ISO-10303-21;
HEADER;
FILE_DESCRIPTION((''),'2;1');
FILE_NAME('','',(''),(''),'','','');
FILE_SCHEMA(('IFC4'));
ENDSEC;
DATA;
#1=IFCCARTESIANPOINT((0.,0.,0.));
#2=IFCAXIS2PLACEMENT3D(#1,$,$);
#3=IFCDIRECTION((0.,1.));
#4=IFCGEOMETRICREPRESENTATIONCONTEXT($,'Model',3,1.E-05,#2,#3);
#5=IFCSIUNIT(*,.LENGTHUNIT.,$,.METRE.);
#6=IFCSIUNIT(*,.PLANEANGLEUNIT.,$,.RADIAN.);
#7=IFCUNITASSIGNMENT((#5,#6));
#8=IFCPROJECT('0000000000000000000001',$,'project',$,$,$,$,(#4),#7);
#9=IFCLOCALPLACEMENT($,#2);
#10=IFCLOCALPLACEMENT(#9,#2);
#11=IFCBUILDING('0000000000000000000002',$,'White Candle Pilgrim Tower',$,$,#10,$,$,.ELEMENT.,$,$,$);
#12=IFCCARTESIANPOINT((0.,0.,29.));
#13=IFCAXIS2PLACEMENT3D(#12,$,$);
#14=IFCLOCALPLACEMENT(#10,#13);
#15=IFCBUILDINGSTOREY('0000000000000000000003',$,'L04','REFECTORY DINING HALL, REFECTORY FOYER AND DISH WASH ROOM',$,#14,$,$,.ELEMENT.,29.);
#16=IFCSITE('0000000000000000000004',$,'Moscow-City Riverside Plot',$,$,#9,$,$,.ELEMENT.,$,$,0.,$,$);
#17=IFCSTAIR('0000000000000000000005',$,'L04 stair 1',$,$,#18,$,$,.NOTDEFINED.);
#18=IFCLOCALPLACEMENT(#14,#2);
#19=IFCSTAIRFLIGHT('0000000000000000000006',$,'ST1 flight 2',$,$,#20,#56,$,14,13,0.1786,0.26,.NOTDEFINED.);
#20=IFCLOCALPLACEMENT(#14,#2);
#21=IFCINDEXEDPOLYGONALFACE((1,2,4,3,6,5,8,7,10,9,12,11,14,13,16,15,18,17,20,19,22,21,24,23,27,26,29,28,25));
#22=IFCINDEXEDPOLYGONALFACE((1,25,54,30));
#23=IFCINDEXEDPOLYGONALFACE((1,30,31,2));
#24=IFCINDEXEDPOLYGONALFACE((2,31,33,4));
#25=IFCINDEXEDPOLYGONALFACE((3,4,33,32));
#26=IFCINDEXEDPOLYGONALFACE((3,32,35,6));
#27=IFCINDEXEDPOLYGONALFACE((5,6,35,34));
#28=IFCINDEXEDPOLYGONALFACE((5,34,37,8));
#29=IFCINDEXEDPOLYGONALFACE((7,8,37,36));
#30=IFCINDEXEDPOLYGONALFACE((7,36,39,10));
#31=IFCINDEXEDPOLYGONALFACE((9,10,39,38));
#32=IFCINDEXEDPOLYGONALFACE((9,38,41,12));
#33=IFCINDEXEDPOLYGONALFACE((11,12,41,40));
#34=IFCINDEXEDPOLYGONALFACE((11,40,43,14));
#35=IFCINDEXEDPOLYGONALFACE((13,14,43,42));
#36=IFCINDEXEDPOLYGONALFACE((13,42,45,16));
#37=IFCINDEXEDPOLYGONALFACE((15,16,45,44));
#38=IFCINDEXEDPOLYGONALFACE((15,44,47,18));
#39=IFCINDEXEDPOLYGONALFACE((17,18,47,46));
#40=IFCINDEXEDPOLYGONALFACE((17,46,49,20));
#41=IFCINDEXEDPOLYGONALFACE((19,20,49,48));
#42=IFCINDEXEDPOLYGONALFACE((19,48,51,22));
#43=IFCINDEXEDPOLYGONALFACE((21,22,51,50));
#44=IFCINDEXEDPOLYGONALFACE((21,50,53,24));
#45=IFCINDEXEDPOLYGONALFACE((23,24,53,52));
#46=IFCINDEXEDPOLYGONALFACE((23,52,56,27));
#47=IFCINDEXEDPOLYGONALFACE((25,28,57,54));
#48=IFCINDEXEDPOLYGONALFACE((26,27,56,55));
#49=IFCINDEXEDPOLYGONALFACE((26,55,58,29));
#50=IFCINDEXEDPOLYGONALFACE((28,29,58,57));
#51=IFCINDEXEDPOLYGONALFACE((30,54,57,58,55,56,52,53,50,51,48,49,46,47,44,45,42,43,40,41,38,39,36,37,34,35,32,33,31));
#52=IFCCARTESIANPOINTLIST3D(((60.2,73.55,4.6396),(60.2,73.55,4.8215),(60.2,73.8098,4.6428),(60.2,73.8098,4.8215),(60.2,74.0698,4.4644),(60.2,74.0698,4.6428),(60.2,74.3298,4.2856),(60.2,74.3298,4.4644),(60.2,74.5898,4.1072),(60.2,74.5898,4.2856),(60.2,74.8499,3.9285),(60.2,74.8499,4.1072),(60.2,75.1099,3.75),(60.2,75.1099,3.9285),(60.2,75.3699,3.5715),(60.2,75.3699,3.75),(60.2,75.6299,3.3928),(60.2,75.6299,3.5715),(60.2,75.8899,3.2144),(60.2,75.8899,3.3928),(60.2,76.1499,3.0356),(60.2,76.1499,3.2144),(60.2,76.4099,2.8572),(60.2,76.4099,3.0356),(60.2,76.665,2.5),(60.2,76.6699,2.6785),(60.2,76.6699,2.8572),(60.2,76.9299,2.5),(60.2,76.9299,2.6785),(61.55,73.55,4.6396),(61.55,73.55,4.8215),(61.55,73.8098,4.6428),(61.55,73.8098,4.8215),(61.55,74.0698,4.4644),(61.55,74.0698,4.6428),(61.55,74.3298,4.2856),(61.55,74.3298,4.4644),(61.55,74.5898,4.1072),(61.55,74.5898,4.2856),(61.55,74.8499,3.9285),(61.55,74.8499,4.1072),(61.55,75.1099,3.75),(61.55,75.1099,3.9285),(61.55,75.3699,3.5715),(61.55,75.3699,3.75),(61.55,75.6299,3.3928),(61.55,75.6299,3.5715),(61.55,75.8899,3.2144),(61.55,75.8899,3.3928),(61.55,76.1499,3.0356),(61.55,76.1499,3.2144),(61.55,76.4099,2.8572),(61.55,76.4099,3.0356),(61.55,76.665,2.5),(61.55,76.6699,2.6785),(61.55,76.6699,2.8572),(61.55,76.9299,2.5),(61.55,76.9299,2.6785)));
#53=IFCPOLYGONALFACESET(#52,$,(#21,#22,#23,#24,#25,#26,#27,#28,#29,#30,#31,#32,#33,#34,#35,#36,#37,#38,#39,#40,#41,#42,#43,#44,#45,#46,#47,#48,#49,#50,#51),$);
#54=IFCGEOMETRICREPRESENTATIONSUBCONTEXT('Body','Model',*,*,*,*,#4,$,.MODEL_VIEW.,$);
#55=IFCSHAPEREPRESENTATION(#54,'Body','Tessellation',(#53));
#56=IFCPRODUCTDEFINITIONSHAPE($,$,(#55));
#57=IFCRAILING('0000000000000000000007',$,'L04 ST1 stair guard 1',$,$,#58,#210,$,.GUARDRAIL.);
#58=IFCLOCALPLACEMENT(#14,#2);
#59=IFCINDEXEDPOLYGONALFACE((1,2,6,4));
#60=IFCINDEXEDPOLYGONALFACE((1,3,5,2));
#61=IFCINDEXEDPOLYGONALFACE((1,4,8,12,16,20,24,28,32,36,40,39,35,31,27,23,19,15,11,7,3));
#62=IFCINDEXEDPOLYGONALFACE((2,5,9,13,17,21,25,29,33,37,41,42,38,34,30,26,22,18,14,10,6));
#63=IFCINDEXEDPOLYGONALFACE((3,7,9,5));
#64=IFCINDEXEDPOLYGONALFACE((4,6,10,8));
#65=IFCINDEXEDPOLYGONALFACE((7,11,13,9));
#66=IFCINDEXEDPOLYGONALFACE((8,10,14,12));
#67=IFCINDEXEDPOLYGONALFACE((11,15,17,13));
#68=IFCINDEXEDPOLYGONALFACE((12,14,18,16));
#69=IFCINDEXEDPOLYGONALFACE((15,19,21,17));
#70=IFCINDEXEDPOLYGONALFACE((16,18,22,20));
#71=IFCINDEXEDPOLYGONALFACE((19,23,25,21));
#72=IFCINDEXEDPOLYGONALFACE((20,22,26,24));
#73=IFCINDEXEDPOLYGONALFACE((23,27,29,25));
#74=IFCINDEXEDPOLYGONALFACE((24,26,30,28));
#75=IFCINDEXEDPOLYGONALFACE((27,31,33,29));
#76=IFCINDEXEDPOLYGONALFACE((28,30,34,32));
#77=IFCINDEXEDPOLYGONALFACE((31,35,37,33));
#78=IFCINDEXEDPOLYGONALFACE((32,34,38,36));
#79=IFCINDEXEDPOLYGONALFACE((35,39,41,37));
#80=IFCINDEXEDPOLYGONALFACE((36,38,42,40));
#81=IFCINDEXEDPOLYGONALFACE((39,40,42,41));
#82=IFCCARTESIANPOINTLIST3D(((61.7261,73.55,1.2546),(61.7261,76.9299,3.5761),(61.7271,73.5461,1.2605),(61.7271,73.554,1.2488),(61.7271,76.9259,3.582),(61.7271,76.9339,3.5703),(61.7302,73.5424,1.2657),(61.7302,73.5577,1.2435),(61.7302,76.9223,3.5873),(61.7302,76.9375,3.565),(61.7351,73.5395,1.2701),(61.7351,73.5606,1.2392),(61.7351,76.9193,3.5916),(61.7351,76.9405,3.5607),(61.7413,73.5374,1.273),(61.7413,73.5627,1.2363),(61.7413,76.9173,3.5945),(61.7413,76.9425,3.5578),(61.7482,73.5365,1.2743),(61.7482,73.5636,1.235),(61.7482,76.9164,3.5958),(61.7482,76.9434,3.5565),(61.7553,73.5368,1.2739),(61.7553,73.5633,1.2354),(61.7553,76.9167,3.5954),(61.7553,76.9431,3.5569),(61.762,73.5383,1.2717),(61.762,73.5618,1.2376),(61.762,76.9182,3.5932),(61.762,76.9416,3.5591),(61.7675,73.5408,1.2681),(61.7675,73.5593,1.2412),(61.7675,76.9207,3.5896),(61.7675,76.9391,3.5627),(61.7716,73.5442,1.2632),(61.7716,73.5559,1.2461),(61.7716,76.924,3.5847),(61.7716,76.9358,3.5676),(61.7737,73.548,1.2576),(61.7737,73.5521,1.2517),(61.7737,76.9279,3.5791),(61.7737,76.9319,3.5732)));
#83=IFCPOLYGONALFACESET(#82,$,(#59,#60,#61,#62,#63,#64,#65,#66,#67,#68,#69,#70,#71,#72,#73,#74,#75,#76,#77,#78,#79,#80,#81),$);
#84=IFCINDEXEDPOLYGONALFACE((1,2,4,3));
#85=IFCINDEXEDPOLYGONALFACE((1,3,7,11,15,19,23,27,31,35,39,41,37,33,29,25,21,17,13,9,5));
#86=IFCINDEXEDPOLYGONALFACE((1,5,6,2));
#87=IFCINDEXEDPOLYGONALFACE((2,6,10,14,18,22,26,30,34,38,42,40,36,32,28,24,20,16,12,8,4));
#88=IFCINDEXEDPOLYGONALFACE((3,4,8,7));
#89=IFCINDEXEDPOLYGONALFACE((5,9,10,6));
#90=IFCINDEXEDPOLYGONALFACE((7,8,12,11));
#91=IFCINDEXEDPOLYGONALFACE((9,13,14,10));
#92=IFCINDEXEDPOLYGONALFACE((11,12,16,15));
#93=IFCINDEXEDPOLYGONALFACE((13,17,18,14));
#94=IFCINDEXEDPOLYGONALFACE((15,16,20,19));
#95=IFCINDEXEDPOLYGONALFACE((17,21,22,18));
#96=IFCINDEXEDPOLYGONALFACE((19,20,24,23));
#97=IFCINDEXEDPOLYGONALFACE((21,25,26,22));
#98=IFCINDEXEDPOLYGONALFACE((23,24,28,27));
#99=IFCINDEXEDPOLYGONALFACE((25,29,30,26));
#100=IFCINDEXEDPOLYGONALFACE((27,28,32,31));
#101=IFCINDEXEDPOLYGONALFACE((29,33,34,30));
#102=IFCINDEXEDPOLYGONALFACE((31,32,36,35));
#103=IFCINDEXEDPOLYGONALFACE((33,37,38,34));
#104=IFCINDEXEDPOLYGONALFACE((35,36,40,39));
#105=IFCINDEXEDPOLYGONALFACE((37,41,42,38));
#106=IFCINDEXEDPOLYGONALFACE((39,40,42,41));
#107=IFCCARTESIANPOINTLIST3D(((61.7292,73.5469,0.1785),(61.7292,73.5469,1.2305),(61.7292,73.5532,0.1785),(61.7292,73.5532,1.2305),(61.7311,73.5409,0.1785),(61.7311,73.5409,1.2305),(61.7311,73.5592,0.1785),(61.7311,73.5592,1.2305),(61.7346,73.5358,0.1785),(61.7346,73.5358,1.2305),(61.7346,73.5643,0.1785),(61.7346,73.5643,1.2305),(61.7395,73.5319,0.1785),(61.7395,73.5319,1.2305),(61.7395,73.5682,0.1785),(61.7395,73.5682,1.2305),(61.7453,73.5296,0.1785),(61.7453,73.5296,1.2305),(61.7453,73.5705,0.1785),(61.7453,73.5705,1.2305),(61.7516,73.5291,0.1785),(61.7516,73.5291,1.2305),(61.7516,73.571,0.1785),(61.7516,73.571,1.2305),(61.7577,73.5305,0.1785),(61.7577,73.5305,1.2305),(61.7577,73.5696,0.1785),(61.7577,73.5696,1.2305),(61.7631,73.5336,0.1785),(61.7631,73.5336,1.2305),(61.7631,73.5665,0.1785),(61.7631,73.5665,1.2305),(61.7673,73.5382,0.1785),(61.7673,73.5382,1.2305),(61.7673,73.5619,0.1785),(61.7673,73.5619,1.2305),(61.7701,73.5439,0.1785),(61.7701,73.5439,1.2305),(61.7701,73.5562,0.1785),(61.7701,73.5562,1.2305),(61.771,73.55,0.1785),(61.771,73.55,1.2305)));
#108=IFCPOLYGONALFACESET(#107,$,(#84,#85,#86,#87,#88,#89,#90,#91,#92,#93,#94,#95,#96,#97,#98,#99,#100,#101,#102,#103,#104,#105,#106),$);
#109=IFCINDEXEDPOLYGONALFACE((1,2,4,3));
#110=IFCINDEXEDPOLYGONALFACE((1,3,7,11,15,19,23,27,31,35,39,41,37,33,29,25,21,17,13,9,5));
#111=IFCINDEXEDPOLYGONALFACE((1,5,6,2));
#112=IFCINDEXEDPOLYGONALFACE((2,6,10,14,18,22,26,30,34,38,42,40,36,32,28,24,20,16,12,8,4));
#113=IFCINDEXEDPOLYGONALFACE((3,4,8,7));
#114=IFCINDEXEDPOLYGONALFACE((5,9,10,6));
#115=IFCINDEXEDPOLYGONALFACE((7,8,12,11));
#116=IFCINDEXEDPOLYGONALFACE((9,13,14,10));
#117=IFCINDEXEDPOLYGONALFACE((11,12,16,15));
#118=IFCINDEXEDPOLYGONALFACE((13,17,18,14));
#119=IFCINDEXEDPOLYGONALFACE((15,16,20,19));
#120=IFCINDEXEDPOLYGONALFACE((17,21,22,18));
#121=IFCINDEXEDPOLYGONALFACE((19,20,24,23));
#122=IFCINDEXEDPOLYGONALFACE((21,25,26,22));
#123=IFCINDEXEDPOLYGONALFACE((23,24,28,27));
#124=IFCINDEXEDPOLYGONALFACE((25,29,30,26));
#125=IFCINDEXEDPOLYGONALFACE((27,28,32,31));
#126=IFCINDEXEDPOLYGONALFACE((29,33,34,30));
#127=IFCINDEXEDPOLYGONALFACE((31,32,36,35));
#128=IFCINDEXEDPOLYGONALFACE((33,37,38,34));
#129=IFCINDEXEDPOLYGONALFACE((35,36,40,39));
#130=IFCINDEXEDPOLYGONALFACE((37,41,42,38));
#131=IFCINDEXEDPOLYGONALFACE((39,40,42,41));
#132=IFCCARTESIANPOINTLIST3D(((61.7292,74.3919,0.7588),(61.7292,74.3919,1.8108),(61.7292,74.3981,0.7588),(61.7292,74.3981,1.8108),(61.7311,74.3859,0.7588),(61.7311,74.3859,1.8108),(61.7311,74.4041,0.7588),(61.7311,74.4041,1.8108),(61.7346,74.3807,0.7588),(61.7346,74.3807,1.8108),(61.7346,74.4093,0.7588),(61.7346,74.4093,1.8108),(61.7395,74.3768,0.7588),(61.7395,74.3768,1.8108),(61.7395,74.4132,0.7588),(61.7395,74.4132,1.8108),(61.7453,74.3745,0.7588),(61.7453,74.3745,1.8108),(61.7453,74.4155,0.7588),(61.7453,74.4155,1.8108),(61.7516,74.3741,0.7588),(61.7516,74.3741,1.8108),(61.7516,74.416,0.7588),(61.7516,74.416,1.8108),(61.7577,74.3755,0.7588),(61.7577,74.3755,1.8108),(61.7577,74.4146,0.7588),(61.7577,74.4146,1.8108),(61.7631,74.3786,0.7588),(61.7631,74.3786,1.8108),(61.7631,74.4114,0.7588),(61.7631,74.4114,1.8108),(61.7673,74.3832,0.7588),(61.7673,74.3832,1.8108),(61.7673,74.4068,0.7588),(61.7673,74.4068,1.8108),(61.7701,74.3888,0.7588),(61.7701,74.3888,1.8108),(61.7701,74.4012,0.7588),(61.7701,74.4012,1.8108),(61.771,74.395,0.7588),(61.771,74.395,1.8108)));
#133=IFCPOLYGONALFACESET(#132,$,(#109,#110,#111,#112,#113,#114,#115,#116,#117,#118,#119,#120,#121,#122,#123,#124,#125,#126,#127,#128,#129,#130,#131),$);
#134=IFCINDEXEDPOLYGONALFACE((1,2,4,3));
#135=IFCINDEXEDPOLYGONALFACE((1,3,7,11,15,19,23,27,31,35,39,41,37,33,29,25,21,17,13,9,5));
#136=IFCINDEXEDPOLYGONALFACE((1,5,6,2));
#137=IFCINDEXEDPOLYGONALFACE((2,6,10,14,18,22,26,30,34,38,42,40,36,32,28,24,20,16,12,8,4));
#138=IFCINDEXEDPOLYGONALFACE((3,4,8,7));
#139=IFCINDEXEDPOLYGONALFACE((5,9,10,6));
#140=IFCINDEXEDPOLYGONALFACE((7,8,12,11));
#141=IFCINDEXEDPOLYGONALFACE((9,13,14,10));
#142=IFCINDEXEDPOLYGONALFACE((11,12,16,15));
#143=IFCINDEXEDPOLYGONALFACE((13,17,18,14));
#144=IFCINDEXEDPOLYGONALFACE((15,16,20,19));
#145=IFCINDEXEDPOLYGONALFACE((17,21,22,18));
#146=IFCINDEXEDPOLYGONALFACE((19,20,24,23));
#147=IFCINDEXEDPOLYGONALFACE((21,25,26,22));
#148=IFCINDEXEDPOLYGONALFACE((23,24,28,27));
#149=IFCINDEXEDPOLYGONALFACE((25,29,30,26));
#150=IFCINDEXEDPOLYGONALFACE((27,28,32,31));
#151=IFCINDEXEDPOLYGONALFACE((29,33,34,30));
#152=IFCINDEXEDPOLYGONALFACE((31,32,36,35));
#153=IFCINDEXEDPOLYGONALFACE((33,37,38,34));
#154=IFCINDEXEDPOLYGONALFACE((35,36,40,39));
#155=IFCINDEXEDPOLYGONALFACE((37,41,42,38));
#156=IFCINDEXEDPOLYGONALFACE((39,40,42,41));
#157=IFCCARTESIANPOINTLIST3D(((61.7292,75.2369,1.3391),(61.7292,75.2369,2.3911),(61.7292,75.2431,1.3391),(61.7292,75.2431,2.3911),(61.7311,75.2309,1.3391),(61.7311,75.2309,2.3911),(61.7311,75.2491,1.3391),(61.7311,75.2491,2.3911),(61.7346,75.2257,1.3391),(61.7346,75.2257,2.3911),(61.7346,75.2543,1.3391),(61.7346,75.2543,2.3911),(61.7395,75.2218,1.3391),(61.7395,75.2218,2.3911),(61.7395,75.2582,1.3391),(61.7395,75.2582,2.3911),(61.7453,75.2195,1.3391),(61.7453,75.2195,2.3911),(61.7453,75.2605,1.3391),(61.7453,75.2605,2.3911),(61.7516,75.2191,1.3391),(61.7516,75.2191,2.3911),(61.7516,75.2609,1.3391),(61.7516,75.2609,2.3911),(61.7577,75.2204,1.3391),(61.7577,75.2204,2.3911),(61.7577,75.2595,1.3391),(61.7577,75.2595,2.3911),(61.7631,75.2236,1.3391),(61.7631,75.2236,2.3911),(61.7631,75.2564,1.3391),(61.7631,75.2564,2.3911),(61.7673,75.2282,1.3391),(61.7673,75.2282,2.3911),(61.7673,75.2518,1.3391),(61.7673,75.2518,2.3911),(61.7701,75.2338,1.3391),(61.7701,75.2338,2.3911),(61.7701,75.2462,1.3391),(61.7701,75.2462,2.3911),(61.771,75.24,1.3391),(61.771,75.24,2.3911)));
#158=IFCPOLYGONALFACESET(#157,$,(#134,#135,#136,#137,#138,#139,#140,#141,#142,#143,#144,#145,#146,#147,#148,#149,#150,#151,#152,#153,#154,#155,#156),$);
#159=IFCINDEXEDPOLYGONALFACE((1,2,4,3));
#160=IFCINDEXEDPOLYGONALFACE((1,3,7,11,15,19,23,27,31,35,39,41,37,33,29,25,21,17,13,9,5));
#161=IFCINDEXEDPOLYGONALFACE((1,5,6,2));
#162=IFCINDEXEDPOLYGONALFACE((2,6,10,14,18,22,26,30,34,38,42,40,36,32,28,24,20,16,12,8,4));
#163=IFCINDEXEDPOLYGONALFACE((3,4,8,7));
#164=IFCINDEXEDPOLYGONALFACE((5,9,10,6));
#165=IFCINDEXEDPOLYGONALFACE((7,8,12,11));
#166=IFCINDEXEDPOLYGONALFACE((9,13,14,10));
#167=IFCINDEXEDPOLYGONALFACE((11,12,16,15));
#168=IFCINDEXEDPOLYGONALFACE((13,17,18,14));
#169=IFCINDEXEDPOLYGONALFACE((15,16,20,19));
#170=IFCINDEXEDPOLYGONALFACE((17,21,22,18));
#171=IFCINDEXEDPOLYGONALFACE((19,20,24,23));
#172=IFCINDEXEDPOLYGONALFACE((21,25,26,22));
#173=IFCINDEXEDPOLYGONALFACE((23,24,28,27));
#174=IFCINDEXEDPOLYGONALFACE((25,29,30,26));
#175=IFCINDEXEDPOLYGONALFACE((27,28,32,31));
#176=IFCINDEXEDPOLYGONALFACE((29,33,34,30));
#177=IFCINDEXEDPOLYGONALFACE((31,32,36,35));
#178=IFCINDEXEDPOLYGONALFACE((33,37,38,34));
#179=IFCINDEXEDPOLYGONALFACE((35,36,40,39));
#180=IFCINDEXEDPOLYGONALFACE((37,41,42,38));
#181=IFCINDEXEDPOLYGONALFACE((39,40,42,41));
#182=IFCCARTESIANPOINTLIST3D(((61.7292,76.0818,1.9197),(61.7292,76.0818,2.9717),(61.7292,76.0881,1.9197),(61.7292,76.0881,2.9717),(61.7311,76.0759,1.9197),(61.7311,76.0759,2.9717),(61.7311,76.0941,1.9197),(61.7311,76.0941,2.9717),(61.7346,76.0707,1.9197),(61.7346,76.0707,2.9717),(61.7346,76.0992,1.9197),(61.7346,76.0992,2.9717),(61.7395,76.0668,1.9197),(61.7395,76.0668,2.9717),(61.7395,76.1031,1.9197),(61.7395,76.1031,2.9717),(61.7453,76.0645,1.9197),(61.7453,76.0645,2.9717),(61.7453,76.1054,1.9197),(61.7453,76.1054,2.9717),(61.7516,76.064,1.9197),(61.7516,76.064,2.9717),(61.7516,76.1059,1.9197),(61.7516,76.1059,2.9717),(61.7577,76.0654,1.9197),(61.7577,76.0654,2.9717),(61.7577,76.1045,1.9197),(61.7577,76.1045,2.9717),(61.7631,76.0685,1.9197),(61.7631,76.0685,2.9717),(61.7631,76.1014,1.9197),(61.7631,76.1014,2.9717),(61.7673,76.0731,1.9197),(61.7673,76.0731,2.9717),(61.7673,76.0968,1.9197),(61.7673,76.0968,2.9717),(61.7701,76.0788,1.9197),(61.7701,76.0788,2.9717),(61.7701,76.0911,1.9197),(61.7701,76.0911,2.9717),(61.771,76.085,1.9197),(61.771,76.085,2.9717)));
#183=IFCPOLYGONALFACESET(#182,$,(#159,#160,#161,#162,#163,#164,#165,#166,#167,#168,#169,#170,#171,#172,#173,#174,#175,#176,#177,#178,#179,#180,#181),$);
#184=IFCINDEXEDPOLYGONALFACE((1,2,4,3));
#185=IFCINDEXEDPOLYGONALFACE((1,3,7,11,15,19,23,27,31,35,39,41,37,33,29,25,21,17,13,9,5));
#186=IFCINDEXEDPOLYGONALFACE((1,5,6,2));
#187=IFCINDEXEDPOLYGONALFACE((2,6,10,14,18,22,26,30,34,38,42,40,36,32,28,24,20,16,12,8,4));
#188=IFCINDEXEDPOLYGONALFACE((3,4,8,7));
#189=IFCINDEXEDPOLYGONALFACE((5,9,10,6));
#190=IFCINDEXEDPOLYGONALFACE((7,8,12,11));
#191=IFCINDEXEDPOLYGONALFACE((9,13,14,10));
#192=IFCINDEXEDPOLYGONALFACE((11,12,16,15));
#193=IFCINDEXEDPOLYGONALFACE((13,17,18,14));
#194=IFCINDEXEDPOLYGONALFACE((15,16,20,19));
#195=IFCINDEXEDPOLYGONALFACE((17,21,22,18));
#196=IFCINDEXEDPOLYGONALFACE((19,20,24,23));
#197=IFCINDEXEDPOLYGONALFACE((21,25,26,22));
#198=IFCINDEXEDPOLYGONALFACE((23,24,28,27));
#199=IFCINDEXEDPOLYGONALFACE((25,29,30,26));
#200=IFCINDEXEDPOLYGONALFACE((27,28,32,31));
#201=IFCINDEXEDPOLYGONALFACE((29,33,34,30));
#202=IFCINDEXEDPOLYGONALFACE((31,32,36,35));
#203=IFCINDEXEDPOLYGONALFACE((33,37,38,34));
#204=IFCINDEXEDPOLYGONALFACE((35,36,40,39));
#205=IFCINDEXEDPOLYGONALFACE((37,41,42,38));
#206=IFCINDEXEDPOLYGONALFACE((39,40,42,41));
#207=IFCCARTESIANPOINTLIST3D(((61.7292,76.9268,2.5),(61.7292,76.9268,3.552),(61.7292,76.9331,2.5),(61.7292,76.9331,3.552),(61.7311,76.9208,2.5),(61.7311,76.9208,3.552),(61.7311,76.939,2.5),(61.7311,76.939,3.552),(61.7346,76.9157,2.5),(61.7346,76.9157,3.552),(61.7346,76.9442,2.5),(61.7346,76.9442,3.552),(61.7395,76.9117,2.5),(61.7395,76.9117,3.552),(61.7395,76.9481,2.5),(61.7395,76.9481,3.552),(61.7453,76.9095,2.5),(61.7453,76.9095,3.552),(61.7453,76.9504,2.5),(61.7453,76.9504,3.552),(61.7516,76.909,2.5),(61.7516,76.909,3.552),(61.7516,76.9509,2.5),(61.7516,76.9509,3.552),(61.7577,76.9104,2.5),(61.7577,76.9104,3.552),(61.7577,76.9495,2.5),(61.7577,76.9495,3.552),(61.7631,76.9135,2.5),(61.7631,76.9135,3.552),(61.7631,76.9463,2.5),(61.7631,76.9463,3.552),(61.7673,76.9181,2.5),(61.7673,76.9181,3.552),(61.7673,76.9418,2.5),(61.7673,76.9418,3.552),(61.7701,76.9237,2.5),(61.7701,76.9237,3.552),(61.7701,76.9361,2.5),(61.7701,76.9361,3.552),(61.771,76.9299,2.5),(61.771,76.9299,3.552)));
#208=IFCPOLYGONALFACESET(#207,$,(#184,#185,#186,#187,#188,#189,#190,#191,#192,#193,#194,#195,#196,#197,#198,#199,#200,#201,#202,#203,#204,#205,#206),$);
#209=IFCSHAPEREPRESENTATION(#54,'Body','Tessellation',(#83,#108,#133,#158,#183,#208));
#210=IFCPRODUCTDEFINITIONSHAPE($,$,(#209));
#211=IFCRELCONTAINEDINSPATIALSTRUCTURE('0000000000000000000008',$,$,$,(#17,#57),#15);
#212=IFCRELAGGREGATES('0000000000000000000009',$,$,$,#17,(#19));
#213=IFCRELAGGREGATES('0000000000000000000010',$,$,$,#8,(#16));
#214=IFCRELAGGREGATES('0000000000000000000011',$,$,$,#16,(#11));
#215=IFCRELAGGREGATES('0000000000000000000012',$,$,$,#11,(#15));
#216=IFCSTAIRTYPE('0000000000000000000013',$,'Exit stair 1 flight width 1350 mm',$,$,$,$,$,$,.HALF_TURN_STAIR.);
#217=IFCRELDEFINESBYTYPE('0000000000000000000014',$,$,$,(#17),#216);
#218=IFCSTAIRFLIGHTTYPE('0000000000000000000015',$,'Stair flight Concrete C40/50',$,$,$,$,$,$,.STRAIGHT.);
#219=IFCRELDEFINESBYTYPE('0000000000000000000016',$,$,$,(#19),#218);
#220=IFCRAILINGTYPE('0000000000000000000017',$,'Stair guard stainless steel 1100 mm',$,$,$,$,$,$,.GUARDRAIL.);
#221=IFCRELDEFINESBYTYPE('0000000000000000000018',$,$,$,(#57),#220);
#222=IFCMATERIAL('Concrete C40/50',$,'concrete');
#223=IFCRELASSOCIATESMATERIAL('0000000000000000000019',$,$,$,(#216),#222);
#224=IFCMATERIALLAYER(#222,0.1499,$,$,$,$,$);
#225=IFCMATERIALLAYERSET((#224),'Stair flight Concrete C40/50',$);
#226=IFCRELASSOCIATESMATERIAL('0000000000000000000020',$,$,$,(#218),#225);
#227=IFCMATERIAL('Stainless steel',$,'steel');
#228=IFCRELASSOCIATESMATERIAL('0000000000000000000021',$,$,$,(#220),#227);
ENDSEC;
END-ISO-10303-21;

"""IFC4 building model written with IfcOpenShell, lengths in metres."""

from ifc_helpers import new_model, si_unit, direction, frame, origin, origin_2d, place, context, subcontext, project, spatial, polyline, circle, outline, extrude, material, layer, layer_set, type_object, element, aggregate, save


model = new_model("IFC4")

# Units and contexts
model_context = context("Model", 3, precision=1e-05, world=origin(), true_north=direction((0.0, 1.0)))
body_context = subcontext(model_context, "Body", "Model", "MODEL_VIEW")
ifc_project = project(units=[si_unit("LENGTHUNIT", "METRE"), si_unit("PLANEANGLEUNIT", "RADIAN")], contexts=[model_context])

# Site, building, storey
site_placement = place(None, origin())
site = spatial("IfcSite", under=ifc_project, at=site_placement, Name="Moscow-City Riverside Plot", CompositionType="ELEMENT", RefElevation=0.0)
building_placement = place(site_placement, origin())
building = spatial("IfcBuilding", under=site, at=building_placement, Name="White Candle Pilgrim Tower", CompositionType="ELEMENT")
storey_placement = place(building_placement, frame((0.0, 0.0, 29.0)))
storey = spatial("IfcBuildingStorey", under=building, at=storey_placement, Name="L04", Description="REFECTORY DINING HALL, REFECTORY FOYER AND DISH WASH ROOM", CompositionType="ELEMENT", Elevation=29.0)

# Stair, stair flight
ifc_material_1 = material(Name="Concrete C40/50", Category="concrete")
stair_type = type_object("IfcStairType", Name="Exit stair 1 flight width 1350 mm", PredefinedType="HALF_TURN_STAIR", material=ifc_material_1)
stair_placement = place(storey_placement, origin())
stair = element("IfcStair", 1, at=stair_placement, inside=storey, type_object=stair_type, Name="L04 stair 1", PredefinedType="NOTDEFINED")
ifc_layer_1 = layer(ifc_material_1, 0.1499)
ifc_layer_set_1 = layer_set([ifc_layer_1], Name="Stair flight Concrete C40/50")
stair_flight_type = type_object("IfcStairFlightType", Name="Stair flight Concrete C40/50", PredefinedType="STRAIGHT", material=ifc_layer_set_1)
stair_flight_1_placement = place(storey_placement, frame((60.875, 76.9299, 2.5), z_axis=(0.0, 0.0, 1.0), x_axis=(0.0, -1.0, 0.0)))
stair_flight_1 = element("IfcStairFlight", 2, at=stair_flight_1_placement, type_object=stair_flight_type, Name="ST1 flight 2", NumberOfRisers=14, NumberOfTreads=13, PredefinedType="NOTDEFINED", RiserHeight=0.1786, TreadLength=0.26, context=body_context, shape_type="SweptSolid", body=[
    extrude(outline(polyline([(0.0, 0.0), (0.0, 0.1785), (0.26, 0.1785), (0.26, 0.3572), (0.52, 0.3572), (0.52, 0.5356), (0.78, 0.5356), (0.78, 0.7144), (1.04, 0.7144), (1.04, 0.8928), (1.3, 0.8928), (1.3, 1.0715), (1.5601, 1.0715), (1.5601, 1.25), (1.8201, 1.25), (1.8201, 1.4285), (2.0801, 1.4285), (2.0801, 1.6072), (2.3401, 1.6072), (2.3401, 1.7856), (2.6001, 1.7856), (2.6001, 1.9644), (2.8601, 1.9644), (2.8601, 2.1428), (3.1201, 2.1428), (3.1201, 2.3215), (3.3799, 2.3215), (3.3799, 2.5), (3.3799, 2.1396), (0.2649, 0.0), (0.0, 0.0)])), frame((0.0, 0.675, 0.0), z_axis=(0.0, -1.0, 0.0), x_axis=(1.0, 0.0, 0.0)), (0.0, 0.0, 1.0), 1.3501),
])
aggregate(stair, [stair_flight_1])

# Railing
ifc_material_2 = material(Name="Stainless steel", Category="steel")
railing_type_1 = type_object("IfcRailingType", Name="Stair guard stainless steel 1100 mm", PredefinedType="GUARDRAIL", material=ifc_material_2)
railing_1_placement = place(storey_placement, frame((61.75, 73.55, 0.1785)))
element("IfcRailing", 3, at=railing_1_placement, inside=storey, type_object=railing_type_1, Name="L04 ST1 stair guard 1", PredefinedType="GUARDRAIL", context=body_context, shape_type="SweptSolid", body=[
    extrude(circle(Radius=0.0239, at=origin_2d()), frame((0.0, 0.0, 1.0762), z_axis=(0.0, 0.824285, 0.566175), x_axis=(-1.0, 0.0, 0.0)), (0.0, 0.0, 1.0), 4.1003),
    extrude(circle(Radius=0.021, at=origin_2d()), origin(), (0.0, 0.0, 1.0), 1.052),
    extrude(circle(Radius=0.021, at=origin_2d()), frame((0.0, 0.845, 0.5803)), (0.0, 0.0, 1.0), 1.052),
    extrude(circle(Radius=0.021, at=origin_2d()), frame((0.0, 1.6899, 1.1606)), (0.0, 0.0, 1.0), 1.052),
    extrude(circle(Radius=0.021, at=origin_2d()), frame((0.0, 2.5349, 1.7412)), (0.0, 0.0, 1.0), 1.052),
    extrude(circle(Radius=0.021, at=origin_2d()), frame((0.0, 3.3799, 2.3215)), (0.0, 0.0, 1.0), 1.052),
])

save(model, "model.ifc")
